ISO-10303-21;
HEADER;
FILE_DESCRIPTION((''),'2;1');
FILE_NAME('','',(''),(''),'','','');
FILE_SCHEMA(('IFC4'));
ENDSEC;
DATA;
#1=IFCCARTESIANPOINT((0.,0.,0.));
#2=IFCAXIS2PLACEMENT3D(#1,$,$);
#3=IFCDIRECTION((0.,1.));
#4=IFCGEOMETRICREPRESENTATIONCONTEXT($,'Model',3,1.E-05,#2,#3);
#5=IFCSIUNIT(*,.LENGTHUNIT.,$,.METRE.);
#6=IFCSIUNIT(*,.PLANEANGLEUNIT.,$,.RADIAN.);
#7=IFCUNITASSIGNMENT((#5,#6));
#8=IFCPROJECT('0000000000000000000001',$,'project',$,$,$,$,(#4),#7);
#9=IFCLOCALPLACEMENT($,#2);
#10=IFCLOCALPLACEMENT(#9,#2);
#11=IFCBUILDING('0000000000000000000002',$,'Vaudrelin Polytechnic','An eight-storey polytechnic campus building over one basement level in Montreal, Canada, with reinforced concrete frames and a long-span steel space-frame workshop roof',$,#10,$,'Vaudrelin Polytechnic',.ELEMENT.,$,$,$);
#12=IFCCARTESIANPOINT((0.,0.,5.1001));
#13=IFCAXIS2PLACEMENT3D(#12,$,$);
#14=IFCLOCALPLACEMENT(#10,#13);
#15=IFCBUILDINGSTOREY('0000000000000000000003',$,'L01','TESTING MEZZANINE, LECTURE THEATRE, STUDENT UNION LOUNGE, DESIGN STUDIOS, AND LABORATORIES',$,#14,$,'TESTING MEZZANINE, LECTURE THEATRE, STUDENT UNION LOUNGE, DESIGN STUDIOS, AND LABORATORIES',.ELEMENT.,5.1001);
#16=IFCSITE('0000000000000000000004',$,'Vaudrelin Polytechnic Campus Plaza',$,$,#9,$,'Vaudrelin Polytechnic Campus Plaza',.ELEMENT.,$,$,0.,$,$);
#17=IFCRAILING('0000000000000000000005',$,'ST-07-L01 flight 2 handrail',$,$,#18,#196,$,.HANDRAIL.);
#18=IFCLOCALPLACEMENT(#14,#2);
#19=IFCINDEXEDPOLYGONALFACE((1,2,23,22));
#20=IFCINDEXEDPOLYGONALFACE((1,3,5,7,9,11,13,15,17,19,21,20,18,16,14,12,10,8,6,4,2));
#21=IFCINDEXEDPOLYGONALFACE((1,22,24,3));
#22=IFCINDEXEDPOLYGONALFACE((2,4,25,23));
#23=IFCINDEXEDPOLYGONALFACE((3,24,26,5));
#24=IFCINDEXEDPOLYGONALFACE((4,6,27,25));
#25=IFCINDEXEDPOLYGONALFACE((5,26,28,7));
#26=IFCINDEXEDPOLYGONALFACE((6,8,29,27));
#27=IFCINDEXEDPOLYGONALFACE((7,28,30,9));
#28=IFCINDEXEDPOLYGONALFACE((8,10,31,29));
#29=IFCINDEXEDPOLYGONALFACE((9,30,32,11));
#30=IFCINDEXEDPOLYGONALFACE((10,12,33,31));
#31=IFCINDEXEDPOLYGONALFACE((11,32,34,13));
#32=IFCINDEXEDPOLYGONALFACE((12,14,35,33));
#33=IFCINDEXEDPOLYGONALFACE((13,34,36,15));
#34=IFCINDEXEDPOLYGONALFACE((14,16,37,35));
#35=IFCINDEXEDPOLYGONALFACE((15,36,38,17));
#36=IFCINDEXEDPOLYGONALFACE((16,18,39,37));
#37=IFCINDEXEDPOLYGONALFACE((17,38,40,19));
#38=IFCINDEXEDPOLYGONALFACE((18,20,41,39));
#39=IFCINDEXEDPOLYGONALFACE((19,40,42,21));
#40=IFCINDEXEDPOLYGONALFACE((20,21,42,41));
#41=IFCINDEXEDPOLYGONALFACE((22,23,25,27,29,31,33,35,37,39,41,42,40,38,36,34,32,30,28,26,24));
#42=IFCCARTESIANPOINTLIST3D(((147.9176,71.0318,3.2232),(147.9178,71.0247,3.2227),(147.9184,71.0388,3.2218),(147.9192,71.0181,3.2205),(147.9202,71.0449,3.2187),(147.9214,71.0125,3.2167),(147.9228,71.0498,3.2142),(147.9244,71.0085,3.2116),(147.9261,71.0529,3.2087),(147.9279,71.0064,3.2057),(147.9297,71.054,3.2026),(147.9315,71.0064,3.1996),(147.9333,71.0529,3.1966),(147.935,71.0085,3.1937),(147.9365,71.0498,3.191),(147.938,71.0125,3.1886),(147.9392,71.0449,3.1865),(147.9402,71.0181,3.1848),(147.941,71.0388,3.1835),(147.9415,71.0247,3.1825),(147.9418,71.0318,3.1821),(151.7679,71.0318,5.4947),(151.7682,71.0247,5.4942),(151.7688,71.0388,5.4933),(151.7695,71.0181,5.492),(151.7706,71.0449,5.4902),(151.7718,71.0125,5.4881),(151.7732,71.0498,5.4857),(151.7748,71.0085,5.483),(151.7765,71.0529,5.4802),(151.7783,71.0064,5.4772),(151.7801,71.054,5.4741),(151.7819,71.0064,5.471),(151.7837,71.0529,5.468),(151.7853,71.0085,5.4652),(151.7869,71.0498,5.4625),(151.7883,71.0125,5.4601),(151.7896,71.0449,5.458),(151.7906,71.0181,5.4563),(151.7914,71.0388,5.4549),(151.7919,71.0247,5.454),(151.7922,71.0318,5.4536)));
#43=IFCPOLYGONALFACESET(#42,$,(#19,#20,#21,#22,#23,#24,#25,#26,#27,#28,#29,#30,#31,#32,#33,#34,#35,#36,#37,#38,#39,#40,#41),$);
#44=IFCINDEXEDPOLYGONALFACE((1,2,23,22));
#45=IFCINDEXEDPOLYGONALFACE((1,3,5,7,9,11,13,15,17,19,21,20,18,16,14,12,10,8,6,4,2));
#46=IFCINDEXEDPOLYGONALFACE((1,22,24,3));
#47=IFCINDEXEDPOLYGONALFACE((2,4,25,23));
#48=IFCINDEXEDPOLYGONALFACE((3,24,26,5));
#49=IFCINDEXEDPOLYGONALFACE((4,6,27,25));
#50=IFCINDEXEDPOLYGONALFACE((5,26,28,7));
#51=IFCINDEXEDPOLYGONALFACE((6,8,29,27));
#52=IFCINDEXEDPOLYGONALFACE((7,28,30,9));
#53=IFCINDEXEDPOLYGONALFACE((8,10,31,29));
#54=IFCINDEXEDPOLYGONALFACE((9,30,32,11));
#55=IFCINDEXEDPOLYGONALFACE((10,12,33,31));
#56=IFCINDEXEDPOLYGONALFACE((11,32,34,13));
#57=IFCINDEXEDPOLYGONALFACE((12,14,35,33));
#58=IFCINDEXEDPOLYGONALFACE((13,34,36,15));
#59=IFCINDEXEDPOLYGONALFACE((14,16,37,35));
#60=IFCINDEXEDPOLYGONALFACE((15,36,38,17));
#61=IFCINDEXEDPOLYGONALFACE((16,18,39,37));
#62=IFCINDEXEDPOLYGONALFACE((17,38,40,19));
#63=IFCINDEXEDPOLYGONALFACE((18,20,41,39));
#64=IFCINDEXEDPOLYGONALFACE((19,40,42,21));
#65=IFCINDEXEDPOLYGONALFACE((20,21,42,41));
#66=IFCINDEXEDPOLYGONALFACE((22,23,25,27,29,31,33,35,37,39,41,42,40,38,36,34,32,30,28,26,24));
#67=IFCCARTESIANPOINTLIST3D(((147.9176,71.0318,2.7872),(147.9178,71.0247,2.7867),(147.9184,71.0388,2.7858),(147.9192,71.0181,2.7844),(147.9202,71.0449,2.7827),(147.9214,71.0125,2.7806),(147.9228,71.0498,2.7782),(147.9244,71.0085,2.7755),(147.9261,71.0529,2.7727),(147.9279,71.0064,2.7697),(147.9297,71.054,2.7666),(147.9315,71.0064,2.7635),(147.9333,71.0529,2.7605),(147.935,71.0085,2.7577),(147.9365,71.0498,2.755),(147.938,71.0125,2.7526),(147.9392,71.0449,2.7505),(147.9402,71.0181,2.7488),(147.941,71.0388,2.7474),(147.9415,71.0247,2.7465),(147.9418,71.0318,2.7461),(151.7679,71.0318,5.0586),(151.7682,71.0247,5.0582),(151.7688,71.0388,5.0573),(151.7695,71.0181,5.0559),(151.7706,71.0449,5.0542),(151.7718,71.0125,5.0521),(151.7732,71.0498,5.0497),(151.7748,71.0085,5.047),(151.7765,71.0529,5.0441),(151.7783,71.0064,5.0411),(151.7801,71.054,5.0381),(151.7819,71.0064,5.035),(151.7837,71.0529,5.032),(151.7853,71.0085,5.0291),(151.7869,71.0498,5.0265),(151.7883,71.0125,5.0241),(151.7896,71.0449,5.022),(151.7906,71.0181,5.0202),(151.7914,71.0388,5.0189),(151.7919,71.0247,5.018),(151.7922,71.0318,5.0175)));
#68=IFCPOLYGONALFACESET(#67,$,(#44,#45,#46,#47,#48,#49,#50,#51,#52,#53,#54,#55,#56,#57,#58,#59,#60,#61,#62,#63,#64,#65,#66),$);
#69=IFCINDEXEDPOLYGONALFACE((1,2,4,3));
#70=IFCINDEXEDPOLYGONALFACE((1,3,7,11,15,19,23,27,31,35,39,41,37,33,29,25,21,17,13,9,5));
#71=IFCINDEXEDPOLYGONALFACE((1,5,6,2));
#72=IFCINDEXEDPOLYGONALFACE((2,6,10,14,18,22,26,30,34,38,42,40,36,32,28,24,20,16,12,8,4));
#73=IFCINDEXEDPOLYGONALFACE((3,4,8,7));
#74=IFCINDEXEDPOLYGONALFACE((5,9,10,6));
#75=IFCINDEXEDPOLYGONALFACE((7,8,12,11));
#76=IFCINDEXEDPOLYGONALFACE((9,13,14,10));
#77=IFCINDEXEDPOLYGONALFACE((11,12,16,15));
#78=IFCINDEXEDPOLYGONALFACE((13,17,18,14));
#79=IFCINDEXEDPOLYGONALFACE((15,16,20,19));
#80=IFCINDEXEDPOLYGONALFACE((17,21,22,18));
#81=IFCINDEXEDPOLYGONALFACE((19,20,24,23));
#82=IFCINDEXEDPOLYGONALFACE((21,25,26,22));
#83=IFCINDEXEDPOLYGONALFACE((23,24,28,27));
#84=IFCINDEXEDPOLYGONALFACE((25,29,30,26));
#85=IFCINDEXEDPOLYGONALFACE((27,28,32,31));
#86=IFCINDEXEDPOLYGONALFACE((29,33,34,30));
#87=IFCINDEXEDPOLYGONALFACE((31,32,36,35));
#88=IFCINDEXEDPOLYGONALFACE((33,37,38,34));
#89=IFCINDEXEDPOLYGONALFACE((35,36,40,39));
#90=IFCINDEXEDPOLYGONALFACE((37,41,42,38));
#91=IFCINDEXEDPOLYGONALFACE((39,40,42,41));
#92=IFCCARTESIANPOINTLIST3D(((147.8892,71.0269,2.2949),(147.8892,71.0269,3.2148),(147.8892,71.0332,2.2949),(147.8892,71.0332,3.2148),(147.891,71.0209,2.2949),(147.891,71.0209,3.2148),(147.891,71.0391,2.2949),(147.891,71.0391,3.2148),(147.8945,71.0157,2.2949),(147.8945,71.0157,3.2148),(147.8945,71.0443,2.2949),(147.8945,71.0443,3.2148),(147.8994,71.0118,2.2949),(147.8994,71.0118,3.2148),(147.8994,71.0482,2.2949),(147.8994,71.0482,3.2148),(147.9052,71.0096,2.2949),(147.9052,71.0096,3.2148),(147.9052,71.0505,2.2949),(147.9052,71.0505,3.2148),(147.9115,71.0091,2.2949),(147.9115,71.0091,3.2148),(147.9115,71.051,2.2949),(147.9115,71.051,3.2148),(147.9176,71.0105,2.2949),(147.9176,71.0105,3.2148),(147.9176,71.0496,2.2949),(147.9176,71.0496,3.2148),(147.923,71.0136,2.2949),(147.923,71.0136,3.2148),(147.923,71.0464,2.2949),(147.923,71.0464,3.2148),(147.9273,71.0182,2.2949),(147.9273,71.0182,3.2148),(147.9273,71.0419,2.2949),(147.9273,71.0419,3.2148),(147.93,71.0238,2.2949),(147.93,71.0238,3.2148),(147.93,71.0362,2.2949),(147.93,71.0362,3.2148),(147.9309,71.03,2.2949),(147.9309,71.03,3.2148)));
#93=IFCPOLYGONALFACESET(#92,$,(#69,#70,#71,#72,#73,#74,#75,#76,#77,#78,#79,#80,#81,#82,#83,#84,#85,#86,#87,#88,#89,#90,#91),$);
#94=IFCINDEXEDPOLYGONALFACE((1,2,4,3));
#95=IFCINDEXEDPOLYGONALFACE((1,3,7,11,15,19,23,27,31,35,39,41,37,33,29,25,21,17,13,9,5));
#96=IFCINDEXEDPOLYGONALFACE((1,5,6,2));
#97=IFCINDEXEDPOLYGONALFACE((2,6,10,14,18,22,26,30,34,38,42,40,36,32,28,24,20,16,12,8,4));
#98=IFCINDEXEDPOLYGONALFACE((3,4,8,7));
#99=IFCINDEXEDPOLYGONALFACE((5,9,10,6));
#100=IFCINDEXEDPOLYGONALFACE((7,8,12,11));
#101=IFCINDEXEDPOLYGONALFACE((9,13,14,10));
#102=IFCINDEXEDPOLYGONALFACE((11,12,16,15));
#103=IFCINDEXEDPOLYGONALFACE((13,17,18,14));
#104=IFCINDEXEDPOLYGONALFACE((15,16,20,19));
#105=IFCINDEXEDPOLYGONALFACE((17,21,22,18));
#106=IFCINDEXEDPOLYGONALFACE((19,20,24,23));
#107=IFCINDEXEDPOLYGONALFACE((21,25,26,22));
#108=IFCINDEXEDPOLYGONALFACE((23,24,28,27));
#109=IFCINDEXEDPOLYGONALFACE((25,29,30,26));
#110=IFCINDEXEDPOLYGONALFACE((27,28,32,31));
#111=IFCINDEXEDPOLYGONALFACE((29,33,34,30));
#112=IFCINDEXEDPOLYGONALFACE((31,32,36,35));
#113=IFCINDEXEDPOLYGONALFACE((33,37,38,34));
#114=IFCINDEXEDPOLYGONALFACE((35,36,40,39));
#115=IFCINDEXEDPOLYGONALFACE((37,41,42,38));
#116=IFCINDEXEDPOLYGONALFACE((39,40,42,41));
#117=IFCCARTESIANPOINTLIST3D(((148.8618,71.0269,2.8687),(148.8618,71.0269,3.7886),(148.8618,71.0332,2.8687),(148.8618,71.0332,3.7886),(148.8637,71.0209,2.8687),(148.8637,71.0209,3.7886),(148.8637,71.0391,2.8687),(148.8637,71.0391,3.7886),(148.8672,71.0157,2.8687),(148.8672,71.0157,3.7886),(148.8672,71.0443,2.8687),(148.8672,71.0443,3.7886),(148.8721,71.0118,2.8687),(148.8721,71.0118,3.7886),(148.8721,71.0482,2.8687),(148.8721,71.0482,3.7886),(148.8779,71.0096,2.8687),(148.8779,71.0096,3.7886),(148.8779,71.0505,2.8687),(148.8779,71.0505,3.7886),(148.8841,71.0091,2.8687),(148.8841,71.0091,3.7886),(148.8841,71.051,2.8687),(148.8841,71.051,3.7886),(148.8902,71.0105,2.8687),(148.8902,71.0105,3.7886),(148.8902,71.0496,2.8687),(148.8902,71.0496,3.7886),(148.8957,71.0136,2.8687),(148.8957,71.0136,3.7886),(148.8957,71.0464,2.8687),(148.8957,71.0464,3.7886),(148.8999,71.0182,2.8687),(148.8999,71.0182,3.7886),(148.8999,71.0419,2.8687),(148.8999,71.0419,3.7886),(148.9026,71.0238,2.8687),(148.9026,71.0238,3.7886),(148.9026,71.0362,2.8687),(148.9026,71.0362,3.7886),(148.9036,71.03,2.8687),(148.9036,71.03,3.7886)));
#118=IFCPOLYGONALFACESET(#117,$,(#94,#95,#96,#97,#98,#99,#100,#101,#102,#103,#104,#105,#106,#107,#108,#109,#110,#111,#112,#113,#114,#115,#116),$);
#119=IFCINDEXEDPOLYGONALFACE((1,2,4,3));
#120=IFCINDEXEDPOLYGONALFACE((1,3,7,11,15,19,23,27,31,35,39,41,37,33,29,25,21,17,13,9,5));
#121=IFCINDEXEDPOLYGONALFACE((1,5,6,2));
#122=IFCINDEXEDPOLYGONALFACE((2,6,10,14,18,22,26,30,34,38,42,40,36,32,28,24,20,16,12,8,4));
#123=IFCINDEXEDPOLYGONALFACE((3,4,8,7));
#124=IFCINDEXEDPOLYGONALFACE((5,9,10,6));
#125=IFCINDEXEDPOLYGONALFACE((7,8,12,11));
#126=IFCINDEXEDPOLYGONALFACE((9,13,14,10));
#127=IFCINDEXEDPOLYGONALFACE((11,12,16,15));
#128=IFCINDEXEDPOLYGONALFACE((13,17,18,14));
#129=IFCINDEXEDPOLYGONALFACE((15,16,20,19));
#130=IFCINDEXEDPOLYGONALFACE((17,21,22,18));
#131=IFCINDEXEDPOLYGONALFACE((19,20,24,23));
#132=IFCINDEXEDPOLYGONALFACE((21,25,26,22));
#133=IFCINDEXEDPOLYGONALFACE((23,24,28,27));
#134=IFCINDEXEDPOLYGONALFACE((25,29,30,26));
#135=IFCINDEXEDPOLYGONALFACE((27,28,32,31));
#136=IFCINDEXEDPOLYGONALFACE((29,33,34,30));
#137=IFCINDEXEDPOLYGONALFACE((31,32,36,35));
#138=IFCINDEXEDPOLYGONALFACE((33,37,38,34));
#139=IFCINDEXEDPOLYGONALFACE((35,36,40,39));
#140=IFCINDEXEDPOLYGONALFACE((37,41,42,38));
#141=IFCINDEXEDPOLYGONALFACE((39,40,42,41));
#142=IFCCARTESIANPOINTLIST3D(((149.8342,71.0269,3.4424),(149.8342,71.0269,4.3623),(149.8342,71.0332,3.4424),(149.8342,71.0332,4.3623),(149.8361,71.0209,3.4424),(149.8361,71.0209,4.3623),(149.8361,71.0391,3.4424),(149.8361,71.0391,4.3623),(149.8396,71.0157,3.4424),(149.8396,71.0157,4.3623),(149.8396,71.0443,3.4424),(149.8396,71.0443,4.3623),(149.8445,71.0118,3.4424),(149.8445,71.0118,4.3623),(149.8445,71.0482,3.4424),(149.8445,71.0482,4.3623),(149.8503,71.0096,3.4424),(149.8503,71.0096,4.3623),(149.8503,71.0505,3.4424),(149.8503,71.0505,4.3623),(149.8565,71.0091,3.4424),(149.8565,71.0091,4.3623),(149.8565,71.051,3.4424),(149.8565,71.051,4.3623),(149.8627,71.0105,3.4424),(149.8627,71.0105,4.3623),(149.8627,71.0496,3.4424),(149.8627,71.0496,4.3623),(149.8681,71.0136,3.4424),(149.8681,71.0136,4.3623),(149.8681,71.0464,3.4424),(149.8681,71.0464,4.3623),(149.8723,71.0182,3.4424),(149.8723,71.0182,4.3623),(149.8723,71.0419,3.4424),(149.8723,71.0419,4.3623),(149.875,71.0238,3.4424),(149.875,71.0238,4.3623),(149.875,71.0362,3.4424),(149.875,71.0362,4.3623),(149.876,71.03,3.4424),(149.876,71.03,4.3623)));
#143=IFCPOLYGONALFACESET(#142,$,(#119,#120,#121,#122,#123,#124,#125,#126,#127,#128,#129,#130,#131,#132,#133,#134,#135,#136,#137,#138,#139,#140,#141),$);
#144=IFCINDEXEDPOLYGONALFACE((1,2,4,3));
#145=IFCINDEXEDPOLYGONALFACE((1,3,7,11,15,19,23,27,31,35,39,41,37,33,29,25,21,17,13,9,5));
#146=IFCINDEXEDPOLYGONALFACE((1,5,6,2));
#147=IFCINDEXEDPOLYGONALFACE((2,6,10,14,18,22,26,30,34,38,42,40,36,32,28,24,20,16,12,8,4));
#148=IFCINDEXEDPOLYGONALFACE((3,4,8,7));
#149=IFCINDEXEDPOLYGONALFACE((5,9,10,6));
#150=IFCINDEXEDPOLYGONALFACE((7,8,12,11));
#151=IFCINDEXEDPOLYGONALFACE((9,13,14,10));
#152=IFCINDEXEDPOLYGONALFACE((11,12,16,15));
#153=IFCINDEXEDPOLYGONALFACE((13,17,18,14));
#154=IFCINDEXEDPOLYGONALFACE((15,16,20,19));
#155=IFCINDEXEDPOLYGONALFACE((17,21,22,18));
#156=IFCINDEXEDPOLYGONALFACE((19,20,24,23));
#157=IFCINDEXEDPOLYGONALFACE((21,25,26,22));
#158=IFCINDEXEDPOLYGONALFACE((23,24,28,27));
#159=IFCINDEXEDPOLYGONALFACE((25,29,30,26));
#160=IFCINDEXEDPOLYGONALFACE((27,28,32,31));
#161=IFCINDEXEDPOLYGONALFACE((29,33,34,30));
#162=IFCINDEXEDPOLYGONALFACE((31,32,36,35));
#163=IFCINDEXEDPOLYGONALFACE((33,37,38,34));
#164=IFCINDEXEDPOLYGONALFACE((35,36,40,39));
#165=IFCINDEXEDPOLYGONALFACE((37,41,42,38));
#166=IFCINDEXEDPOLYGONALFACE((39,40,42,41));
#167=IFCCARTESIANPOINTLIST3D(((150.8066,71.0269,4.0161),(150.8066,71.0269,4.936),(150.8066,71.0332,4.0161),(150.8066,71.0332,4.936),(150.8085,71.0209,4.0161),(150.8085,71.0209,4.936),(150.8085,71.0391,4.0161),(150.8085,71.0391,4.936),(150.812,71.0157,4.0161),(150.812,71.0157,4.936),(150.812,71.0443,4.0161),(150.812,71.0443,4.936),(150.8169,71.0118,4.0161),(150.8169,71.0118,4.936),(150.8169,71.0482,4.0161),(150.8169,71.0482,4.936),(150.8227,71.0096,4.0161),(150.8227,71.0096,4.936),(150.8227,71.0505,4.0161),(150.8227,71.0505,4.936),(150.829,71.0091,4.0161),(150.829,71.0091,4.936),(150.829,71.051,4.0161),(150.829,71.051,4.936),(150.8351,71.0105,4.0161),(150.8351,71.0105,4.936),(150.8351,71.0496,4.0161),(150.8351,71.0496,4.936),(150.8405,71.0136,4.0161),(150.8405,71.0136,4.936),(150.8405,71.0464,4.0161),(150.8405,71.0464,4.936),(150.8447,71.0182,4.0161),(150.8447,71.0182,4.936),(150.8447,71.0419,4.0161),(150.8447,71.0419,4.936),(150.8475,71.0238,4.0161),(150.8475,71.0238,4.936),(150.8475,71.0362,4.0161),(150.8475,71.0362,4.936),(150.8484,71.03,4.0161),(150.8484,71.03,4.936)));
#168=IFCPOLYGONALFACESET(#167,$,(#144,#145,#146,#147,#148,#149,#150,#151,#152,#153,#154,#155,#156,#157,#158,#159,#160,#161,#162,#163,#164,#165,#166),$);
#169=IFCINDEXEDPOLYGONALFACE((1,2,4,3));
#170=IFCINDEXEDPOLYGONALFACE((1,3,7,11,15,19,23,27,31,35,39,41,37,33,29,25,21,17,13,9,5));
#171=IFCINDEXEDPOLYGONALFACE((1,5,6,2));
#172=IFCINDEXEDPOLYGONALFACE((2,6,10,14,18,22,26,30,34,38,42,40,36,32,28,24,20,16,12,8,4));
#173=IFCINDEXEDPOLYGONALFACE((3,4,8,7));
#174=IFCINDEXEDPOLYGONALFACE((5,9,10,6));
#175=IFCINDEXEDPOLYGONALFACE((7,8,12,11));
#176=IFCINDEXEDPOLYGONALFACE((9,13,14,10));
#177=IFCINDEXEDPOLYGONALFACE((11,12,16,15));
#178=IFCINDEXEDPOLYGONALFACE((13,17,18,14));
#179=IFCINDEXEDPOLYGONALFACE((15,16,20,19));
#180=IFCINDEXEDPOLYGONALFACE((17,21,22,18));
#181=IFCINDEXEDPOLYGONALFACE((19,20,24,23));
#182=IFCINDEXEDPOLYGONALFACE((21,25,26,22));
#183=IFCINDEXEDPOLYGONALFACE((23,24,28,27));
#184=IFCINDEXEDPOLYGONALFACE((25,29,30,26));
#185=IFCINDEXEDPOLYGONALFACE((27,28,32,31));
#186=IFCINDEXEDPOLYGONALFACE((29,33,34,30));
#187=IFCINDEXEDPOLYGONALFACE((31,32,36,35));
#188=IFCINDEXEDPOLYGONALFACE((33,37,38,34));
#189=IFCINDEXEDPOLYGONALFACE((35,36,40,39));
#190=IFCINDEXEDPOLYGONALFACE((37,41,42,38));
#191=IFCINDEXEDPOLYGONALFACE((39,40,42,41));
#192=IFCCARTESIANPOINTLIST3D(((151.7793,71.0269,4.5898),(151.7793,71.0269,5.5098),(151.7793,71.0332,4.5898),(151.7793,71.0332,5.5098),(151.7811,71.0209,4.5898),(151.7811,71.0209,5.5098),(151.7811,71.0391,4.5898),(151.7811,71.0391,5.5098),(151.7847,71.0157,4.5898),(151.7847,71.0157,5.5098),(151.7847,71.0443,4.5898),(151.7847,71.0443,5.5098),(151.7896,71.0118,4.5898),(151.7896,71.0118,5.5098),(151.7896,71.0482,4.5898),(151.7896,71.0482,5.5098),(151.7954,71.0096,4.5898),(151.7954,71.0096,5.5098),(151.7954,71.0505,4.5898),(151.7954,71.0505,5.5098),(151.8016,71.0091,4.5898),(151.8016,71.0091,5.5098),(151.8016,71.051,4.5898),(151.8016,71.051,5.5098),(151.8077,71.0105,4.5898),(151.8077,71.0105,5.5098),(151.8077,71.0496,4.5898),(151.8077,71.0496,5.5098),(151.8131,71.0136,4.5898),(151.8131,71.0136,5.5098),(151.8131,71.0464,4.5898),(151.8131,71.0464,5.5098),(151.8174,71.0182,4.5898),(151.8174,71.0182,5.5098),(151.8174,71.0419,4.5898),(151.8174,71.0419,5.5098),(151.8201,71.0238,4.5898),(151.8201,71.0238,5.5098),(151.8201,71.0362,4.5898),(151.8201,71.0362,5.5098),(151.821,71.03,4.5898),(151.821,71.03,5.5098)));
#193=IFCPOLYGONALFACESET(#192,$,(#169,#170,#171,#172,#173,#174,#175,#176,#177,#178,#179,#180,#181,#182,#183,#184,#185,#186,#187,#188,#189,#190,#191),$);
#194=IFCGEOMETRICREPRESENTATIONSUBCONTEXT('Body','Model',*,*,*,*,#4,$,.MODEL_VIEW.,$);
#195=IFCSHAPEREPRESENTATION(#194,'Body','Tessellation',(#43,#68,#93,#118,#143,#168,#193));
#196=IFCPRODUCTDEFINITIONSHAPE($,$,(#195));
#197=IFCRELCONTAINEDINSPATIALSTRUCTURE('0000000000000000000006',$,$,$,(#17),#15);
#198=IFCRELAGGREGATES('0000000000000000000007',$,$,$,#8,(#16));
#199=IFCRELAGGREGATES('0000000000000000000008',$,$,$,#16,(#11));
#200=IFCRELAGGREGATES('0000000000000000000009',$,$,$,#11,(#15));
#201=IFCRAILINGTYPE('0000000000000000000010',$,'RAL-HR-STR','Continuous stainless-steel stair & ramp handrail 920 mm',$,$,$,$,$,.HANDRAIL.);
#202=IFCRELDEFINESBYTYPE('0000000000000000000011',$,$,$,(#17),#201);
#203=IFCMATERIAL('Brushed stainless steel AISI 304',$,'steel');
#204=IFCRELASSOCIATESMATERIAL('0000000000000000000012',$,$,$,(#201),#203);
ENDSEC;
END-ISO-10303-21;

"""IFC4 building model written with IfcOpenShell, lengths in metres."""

from ifc_helpers import new_model, si_unit, direction, frame, origin, origin_2d, place, context, subcontext, project, spatial, circle, extrude, material, type_object, element, save


model = new_model("IFC4")

# Units and contexts
model_context = context("Model", 3, precision=1e-05, world=origin(), true_north=direction((0.0, 1.0)))
body_context = subcontext(model_context, "Body", "Model", "MODEL_VIEW")
ifc_project = project(units=[si_unit("LENGTHUNIT", "METRE"), si_unit("PLANEANGLEUNIT", "RADIAN")], contexts=[model_context])

# Site, building, storey
site_placement = place(None, origin())
site = spatial("IfcSite", under=ifc_project, at=site_placement, Name="Vaudrelin Polytechnic Campus Plaza", LongName="Vaudrelin Polytechnic Campus Plaza", CompositionType="ELEMENT", RefElevation=0.0)
building_placement = place(site_placement, origin())
building = spatial("IfcBuilding", under=site, at=building_placement, Name="Vaudrelin Polytechnic", Description="An eight-storey polytechnic campus building over one basement level in Montreal, Canada, with reinforced concrete frames and a long-span steel space-frame workshop roof", LongName="Vaudrelin Polytechnic", CompositionType="ELEMENT")
storey_placement = place(building_placement, frame((0.0, 0.0, 5.1001)))
storey = spatial("IfcBuildingStorey", under=building, at=storey_placement, Name="L01", Description="TESTING MEZZANINE, LECTURE THEATRE, STUDENT UNION LOUNGE, DESIGN STUDIOS, AND LABORATORIES", LongName="TESTING MEZZANINE, LECTURE THEATRE, STUDENT UNION LOUNGE, DESIGN STUDIOS, AND LABORATORIES", CompositionType="ELEMENT", Elevation=5.1001)

# Railing
ifc_material_1 = material(Name="Brushed stainless steel AISI 304", Category="steel")
railing_type_1 = type_object("IfcRailingType", Name="RAL-HR-STR", Description="Continuous stainless-steel stair & ramp handrail 920 mm", PredefinedType="HANDRAIL", material=ifc_material_1)
railing_1_placement = place(storey_placement, frame((147.9099, 71.03, 2.2949)))
element("IfcRailing", 1, at=railing_1_placement, inside=storey, type_object=railing_type_1, Name="ST-07-L01 flight 2 handrail", PredefinedType="HANDRAIL", context=body_context, shape_type="SweptSolid", body=[
    extrude(circle(Radius=0.0239, at=origin_2d()), frame((0.0198, 0.0, 0.9077), z_axis=(0.861294, 0.0, 0.508106), x_axis=(0.0, 1.0, 0.0)), (0.0, 0.0, 1.0), 4.4705),
    extrude(circle(Radius=0.0239, at=origin_2d()), frame((0.0198, 0.0, 0.4717), z_axis=(0.861294, 0.0, 0.508106), x_axis=(0.0, 1.0, 0.0)), (0.0, 0.0, 1.0), 4.4705),
    extrude(circle(Radius=0.021, at=origin_2d()), origin(), (0.0, 0.0, 1.0), 0.9199),
    extrude(circle(Radius=0.021, at=origin_2d()), frame((0.9727, 0.0, 0.5737)), (0.0, 0.0, 1.0), 0.9199),
    extrude(circle(Radius=0.021, at=origin_2d()), frame((1.9451, 0.0, 1.1475)), (0.0, 0.0, 1.0), 0.9199),
    extrude(circle(Radius=0.021, at=origin_2d()), frame((2.9175, 0.0, 1.7212)), (0.0, 0.0, 1.0), 0.9199),
    extrude(circle(Radius=0.021, at=origin_2d()), frame((3.8901, 0.0, 2.2949)), (0.0, 0.0, 1.0), 0.9199),
])

save(model, "model.ifc")
